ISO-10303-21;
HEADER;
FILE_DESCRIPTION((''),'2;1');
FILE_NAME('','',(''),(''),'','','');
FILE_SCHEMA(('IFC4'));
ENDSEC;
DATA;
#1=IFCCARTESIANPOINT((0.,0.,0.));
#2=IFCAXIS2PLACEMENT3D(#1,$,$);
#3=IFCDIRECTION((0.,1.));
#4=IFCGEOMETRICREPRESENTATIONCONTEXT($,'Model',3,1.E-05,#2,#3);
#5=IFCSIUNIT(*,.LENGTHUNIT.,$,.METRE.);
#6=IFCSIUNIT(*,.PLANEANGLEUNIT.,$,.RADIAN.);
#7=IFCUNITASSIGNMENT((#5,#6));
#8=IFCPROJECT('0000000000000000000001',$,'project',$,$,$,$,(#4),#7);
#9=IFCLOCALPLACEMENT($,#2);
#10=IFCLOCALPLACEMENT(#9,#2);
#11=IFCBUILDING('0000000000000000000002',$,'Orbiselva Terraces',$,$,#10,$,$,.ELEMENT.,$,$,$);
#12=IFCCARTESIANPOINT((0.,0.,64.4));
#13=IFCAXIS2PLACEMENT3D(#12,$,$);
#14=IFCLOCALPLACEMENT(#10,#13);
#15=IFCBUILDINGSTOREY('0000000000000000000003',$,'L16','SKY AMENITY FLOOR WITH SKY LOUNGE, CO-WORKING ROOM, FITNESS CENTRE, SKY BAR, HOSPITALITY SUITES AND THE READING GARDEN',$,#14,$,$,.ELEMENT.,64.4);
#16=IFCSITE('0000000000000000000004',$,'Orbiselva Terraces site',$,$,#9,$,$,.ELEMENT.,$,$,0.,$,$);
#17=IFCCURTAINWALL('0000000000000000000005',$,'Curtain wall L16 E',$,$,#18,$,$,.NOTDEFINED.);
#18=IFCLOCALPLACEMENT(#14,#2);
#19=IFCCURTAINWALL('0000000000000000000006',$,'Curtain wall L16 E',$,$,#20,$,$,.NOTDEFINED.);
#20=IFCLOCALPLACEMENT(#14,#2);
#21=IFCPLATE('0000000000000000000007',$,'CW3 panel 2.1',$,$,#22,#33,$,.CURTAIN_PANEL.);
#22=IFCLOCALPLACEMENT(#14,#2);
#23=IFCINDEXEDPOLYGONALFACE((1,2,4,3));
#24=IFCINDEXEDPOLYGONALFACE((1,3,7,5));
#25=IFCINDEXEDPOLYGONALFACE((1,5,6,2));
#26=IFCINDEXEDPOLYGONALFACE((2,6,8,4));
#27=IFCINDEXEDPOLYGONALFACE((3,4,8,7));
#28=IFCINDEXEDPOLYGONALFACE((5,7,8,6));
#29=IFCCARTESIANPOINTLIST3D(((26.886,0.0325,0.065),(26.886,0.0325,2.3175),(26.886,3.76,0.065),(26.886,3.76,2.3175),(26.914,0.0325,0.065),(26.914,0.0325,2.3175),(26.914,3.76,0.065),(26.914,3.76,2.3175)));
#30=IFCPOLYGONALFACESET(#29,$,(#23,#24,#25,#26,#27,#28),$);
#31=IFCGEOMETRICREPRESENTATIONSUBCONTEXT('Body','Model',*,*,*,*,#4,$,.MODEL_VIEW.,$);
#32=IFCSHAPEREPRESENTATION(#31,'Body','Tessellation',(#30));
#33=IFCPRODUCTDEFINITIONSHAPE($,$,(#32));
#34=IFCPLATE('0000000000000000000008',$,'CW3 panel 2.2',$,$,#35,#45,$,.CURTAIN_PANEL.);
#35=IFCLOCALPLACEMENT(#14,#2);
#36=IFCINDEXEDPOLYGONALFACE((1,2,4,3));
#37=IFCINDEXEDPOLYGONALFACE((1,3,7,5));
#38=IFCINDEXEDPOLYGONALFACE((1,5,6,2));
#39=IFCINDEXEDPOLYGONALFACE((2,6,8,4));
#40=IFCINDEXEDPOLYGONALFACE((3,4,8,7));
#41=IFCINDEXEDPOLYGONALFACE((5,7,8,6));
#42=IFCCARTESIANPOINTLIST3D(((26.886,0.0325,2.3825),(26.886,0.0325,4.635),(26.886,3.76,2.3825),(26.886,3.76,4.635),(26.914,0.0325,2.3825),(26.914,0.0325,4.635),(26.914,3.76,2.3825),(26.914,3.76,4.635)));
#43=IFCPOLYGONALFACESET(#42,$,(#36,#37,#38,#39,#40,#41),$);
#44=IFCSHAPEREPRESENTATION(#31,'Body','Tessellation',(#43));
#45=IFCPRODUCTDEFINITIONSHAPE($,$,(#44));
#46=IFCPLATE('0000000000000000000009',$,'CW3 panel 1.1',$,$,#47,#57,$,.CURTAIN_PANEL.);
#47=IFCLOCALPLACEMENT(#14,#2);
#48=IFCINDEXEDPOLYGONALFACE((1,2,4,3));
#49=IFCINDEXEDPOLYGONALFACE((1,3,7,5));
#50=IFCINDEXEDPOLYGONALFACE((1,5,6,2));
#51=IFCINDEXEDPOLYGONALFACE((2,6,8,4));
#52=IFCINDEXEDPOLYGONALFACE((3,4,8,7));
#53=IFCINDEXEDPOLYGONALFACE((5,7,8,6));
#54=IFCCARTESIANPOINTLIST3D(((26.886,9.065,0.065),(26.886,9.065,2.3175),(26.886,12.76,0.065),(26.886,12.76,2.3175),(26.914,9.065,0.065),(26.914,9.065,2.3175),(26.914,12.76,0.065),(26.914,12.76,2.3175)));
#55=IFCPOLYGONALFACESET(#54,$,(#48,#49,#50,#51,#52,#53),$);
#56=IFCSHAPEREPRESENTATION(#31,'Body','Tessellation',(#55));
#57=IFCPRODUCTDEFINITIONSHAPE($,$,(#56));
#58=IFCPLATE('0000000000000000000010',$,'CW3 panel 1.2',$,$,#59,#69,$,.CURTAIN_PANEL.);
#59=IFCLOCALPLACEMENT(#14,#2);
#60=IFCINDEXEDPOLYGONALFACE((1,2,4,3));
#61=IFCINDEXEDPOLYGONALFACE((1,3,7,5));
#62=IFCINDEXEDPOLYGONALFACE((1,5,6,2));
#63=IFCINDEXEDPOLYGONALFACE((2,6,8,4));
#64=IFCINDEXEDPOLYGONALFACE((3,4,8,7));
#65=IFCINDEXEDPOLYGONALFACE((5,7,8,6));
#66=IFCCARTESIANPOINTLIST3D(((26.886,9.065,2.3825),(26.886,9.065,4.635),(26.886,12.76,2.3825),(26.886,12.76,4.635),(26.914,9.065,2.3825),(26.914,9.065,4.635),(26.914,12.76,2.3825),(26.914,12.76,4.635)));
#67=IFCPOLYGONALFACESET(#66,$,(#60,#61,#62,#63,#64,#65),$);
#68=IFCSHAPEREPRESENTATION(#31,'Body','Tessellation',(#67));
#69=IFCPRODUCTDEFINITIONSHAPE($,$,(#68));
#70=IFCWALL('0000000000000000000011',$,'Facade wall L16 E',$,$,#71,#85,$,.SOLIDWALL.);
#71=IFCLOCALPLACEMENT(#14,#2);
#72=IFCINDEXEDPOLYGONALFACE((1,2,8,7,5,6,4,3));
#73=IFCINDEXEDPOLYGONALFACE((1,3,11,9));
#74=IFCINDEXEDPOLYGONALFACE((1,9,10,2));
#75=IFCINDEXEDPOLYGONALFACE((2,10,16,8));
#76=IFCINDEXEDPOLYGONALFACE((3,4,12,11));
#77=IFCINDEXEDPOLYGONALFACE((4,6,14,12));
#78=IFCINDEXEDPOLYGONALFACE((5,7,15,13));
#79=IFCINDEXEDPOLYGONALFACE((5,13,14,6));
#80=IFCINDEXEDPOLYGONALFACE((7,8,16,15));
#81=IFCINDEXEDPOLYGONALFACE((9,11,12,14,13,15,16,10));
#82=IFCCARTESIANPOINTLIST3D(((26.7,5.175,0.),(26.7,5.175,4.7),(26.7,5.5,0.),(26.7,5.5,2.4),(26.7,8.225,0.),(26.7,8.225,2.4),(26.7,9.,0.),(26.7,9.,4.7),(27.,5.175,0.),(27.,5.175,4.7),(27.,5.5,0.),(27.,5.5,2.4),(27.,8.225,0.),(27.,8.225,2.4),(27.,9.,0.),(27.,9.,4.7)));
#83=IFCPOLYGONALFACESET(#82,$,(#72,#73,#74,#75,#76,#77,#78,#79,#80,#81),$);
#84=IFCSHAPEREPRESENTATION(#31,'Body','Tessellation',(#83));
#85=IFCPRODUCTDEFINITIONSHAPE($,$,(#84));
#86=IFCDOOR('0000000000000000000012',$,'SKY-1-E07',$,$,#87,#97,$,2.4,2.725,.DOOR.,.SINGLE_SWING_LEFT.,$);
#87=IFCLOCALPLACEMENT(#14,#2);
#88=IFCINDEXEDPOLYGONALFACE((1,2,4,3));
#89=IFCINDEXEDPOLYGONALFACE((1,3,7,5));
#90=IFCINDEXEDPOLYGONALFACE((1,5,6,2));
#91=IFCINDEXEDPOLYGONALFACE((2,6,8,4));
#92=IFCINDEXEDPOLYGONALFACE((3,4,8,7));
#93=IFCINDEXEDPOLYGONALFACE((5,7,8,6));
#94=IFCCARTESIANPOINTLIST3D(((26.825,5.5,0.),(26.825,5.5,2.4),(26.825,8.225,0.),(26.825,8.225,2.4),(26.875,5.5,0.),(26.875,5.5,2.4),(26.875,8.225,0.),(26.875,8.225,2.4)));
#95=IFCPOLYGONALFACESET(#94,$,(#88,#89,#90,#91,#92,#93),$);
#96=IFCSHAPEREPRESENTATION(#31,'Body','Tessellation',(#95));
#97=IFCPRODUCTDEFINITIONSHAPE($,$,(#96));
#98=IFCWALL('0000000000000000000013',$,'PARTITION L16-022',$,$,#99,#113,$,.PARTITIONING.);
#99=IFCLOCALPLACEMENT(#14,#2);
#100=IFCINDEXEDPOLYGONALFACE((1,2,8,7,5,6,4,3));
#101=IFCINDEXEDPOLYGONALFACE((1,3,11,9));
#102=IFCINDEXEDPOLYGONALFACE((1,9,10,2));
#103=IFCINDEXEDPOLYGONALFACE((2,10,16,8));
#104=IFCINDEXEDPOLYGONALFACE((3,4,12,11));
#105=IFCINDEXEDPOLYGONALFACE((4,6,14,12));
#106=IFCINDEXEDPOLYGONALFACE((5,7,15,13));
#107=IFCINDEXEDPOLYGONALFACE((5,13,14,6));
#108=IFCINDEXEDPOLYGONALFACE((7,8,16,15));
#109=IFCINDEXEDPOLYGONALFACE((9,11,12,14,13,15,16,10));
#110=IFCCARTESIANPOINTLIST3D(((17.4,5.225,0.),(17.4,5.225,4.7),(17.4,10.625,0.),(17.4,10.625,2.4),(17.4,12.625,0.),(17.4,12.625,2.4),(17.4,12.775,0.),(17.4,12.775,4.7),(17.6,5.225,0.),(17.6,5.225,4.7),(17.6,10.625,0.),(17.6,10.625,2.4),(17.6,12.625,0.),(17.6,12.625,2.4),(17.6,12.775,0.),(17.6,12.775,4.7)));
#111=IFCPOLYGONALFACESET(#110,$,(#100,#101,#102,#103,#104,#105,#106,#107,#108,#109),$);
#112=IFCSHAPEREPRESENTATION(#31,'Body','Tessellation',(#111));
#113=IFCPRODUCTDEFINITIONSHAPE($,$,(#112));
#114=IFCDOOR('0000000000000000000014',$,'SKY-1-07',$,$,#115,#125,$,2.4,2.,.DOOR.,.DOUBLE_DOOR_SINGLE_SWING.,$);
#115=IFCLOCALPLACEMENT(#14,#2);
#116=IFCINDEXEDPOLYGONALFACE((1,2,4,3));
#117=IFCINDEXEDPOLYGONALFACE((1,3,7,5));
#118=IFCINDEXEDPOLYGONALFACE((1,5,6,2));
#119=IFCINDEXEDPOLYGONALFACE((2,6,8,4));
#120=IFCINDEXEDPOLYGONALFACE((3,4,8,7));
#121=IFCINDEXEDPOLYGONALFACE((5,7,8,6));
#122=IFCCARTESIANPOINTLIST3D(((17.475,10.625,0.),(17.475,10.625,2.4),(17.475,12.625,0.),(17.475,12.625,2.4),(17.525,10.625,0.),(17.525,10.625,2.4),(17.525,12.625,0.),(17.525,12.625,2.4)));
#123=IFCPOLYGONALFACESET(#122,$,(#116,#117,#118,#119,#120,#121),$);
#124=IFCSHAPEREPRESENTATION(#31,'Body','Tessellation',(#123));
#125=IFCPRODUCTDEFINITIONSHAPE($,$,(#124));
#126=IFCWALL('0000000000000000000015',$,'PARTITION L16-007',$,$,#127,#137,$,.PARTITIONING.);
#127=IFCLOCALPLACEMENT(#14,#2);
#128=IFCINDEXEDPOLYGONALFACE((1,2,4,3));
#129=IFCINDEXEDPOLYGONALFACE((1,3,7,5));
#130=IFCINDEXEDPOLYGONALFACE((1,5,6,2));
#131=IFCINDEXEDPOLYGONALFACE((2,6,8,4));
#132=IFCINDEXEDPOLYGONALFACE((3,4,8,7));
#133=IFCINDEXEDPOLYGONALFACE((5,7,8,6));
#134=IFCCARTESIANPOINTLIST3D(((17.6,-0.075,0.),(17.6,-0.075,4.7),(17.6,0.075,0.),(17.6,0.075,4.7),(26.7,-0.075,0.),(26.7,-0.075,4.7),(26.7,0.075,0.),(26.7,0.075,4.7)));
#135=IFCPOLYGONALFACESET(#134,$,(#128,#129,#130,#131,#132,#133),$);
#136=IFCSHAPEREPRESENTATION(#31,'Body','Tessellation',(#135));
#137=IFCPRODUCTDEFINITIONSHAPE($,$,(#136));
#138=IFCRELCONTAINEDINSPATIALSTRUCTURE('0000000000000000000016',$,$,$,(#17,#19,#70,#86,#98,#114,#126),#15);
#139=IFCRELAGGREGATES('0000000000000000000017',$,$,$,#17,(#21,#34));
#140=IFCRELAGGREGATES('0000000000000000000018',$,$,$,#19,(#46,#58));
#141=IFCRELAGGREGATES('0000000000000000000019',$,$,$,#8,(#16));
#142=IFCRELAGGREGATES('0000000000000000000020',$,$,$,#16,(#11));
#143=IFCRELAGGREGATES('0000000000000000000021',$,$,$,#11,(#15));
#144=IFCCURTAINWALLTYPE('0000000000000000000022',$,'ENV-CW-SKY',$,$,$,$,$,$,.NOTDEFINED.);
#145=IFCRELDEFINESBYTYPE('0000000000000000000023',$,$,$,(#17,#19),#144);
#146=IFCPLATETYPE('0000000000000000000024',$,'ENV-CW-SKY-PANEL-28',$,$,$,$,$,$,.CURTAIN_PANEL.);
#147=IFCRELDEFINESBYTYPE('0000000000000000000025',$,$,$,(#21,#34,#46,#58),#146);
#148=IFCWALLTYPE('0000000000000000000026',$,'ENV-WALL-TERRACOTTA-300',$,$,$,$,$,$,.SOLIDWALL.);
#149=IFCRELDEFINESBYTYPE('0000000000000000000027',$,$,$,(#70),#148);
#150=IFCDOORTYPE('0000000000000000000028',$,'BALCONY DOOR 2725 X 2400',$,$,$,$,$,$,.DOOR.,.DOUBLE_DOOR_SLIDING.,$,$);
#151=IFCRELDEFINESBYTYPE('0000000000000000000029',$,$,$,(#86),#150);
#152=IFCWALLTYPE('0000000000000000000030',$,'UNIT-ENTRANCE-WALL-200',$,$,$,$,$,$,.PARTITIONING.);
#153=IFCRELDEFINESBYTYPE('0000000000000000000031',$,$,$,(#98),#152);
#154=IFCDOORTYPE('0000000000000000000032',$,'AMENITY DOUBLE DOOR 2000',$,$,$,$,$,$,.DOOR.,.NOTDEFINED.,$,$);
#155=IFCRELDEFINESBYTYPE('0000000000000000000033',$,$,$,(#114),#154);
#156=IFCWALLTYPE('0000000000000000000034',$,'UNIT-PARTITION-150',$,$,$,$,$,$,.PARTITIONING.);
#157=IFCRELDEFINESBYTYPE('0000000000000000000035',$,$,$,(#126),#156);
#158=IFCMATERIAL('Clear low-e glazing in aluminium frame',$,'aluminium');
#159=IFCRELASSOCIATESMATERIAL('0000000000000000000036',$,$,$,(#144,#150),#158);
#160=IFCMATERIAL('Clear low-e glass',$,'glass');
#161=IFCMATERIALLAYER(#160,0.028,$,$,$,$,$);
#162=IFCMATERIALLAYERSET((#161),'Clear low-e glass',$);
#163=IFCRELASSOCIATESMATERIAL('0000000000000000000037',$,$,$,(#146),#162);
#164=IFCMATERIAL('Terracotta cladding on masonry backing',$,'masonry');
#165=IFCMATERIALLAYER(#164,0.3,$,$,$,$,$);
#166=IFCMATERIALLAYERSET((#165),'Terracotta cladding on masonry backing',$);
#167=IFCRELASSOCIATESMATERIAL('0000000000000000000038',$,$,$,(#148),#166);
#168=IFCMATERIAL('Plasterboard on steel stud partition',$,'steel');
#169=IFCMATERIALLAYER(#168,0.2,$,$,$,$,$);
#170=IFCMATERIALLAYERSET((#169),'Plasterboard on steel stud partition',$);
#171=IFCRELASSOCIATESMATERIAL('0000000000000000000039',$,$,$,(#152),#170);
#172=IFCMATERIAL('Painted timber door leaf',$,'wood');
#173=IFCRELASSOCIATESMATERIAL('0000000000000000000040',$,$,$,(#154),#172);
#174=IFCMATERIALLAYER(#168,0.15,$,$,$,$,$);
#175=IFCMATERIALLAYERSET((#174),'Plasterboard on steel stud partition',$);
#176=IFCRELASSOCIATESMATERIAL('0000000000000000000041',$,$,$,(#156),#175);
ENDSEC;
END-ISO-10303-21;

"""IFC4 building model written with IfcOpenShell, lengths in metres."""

from ifc_helpers import new_model, si_unit, direction, frame, frame_2d, origin, origin_2d, place, context, subcontext, project, spatial, rectangle, extrude, material, layer, layer_set, type_object, element, fill, aggregate, save


model = new_model("IFC4")

# Units and contexts
model_context = context("Model", 3, precision=1e-05, world=origin(), true_north=direction((0.0, 1.0)))
body_context = subcontext(model_context, "Body", "Model", "MODEL_VIEW")
ifc_project = project(units=[si_unit("LENGTHUNIT", "METRE"), si_unit("PLANEANGLEUNIT", "RADIAN")], contexts=[model_context])

# Site, building, storey
site_placement = place(None, origin())
site = spatial("IfcSite", under=ifc_project, at=site_placement, Name="Orbiselva Terraces site", CompositionType="ELEMENT", RefElevation=0.0)
building_placement = place(site_placement, origin())
building = spatial("IfcBuilding", under=site, at=building_placement, Name="Orbiselva Terraces", CompositionType="ELEMENT")
storey_placement = place(building_placement, frame((0.0, 0.0, 64.4)))
storey = spatial("IfcBuildingStorey", under=building, at=storey_placement, Name="L16", Description="SKY AMENITY FLOOR WITH SKY LOUNGE, CO-WORKING ROOM, FITNESS CENTRE, SKY BAR, HOSPITALITY SUITES AND THE READING GARDEN", CompositionType="ELEMENT", Elevation=64.4)

# Curtain walls
ifc_material_1 = material(Name="Clear low-e glazing in aluminium frame", Category="aluminium")
curtain_wall_type = type_object("IfcCurtainWallType", Name="ENV-CW-SKY", PredefinedType="NOTDEFINED", material=ifc_material_1)
curtain_wall_1_placement = place(storey_placement, origin())
curtain_wall_1 = element("IfcCurtainWall", 1, at=curtain_wall_1_placement, inside=storey, type_object=curtain_wall_type, Name="Curtain wall L16 E", PredefinedType="NOTDEFINED")
curtain_wall_2_placement = place(storey_placement, origin())
curtain_wall_2 = element("IfcCurtainWall", 2, at=curtain_wall_2_placement, inside=storey, type_object=curtain_wall_type, Name="Curtain wall L16 E", PredefinedType="NOTDEFINED")

# Plates
ifc_material_2 = material(Name="Clear low-e glass", Category="glass")
ifc_layer_1 = layer(ifc_material_2, 0.028)
ifc_layer_set_1 = layer_set([ifc_layer_1], Name="Clear low-e glass")
plate_type = type_object("IfcPlateType", Name="ENV-CW-SKY-PANEL-28", PredefinedType="CURTAIN_PANEL", material=ifc_layer_set_1)
plate_1_placement = place(storey_placement, frame((26.9, 1.8962, 0.065), z_axis=(0.0, 0.0, 1.0), x_axis=(0.0, 1.0, 0.0)))
plate_1 = element("IfcPlate", 3, at=plate_1_placement, type_object=plate_type, Name="CW3 panel 2.1", PredefinedType="CURTAIN_PANEL", context=body_context, shape_type="SweptSolid", body=[
    extrude(rectangle(XDim=3.7275, YDim=0.028, at=origin_2d()), origin(), (0.0, 0.0, 1.0), 2.2525),
])
plate_2_placement = place(storey_placement, frame((26.9, 1.8962, 2.3825), z_axis=(0.0, 0.0, 1.0), x_axis=(0.0, 1.0, 0.0)))
plate_2 = element("IfcPlate", 4, at=plate_2_placement, type_object=plate_type, Name="CW3 panel 2.2", PredefinedType="CURTAIN_PANEL", context=body_context, shape_type="SweptSolid", body=[
    extrude(rectangle(XDim=3.7275, YDim=0.028, at=origin_2d()), origin(), (0.0, 0.0, 1.0), 2.2525),
])
aggregate(curtain_wall_1, [plate_1, plate_2])
plate_3_placement = place(storey_placement, frame((26.9, 10.9125, 0.065), z_axis=(0.0, 0.0, 1.0), x_axis=(0.0, 1.0, 0.0)))
plate_3 = element("IfcPlate", 5, at=plate_3_placement, type_object=plate_type, Name="CW3 panel 1.1", PredefinedType="CURTAIN_PANEL", context=body_context, shape_type="SweptSolid", body=[
    extrude(rectangle(XDim=3.695, YDim=0.028, at=origin_2d()), origin(), (0.0, 0.0, 1.0), 2.2525),
])
plate_4_placement = place(storey_placement, frame((26.9, 10.9125, 2.3825), z_axis=(0.0, 0.0, 1.0), x_axis=(0.0, 1.0, 0.0)))
plate_4 = element("IfcPlate", 6, at=plate_4_placement, type_object=plate_type, Name="CW3 panel 1.2", PredefinedType="CURTAIN_PANEL", context=body_context, shape_type="SweptSolid", body=[
    extrude(rectangle(XDim=3.695, YDim=0.028, at=origin_2d()), origin(), (0.0, 0.0, 1.0), 2.2525),
])
aggregate(curtain_wall_2, [plate_3, plate_4])

# Walls, openings, doors
ifc_material_3 = material(Name="Terracotta cladding on masonry backing", Category="masonry")
ifc_layer_2 = layer(ifc_material_3, 0.3)
ifc_layer_set_2 = layer_set([ifc_layer_2], Name="Terracotta cladding on masonry backing")
wall_type_1 = type_object("IfcWallType", Name="ENV-WALL-TERRACOTTA-300", PredefinedType="SOLIDWALL", material=ifc_layer_set_2)
wall_1_placement = place(storey_placement, frame((26.85, 9.0, 0.0), z_axis=(0.0, 0.0, 1.0), x_axis=(0.0, -1.0, 0.0)))
wall_1 = element("IfcWall", 7, at=wall_1_placement, inside=storey, type_object=wall_type_1, Name="Facade wall L16 E", PredefinedType="SOLIDWALL", context=body_context, shape_type="SweptSolid", body=[
    extrude(rectangle(XDim=3.825, YDim=0.3, at=frame_2d((1.9125, 0.0))), origin(), (0.0, 0.0, 1.0), 4.7),
])
opening_1_placement = place(wall_1_placement, frame((0.775, 0.0, 0.0)))
opening_1 = element("IfcOpeningElement", 8, at=opening_1_placement, cuts=wall_1, PredefinedType="OPENING", context=body_context, shape_type="SweptSolid", body=[
    extrude(rectangle(XDim=2.725, YDim=2.4, at=frame_2d((1.3625, 1.2))), frame((0.0, 0.16, 0.0), z_axis=(0.0, -1.0, 0.0), x_axis=(1.0, 0.0, 0.0)), (0.0, 0.0, 1.0), 0.32),
])
door_type_1 = type_object("IfcDoorType", Name="BALCONY DOOR 2725 X 2400", OperationType="DOUBLE_DOOR_SLIDING", PredefinedType="DOOR", material=ifc_material_1)
door_1_placement = place(opening_1_placement, origin())
door_1 = element("IfcDoor", 9, at=door_1_placement, inside=storey, type_object=door_type_1, Name="SKY-1-E07", OperationType="SINGLE_SWING_LEFT", OverallHeight=2.4, OverallWidth=2.725, PredefinedType="DOOR", context=body_context, shape_type="SweptSolid", body=[
    extrude(rectangle(XDim=2.725, YDim=2.4, at=frame_2d((1.3625, 1.2))), frame((0.0, 0.025, 0.0), z_axis=(0.0, -1.0, 0.0), x_axis=(1.0, 0.0, 0.0)), (0.0, 0.0, 1.0), 0.05),
])
fill(opening_1, door_1)
ifc_material_4 = material(Name="Plasterboard on steel stud partition", Category="steel")
ifc_layer_3 = layer(ifc_material_4, 0.2)
ifc_layer_set_3 = layer_set([ifc_layer_3], Name="Plasterboard on steel stud partition")
wall_type_2 = type_object("IfcWallType", Name="UNIT-ENTRANCE-WALL-200", PredefinedType="PARTITIONING", material=ifc_layer_set_3)
wall_2_placement = place(storey_placement, frame((17.5, 5.225, 0.0), z_axis=(0.0, 0.0, 1.0), x_axis=(0.0, 1.0, 0.0)))
wall_2 = element("IfcWall", 10, at=wall_2_placement, inside=storey, type_object=wall_type_2, Name="PARTITION L16-022", PredefinedType="PARTITIONING", context=body_context, shape_type="SweptSolid", body=[
    extrude(rectangle(XDim=7.55, YDim=0.2, at=frame_2d((3.775, 0.0))), origin(), (0.0, 0.0, 1.0), 4.7),
])
opening_2_placement = place(wall_2_placement, frame((5.4, 0.0, 0.0)))
opening_2 = element("IfcOpeningElement", 11, at=opening_2_placement, cuts=wall_2, PredefinedType="OPENING", context=body_context, shape_type="SweptSolid", body=[
    extrude(rectangle(XDim=2.0, YDim=2.4, at=frame_2d((1.0, 1.2))), frame((0.0, 0.11, 0.0), z_axis=(0.0, -1.0, 0.0), x_axis=(1.0, 0.0, 0.0)), (0.0, 0.0, 1.0), 0.22),
])
ifc_material_5 = material(Name="Painted timber door leaf", Category="wood")
door_type_2 = type_object("IfcDoorType", Name="AMENITY DOUBLE DOOR 2000", OperationType="NOTDEFINED", PredefinedType="DOOR", material=ifc_material_5)
door_2_placement = place(opening_2_placement, origin())
door_2 = element("IfcDoor", 12, at=door_2_placement, inside=storey, type_object=door_type_2, Name="SKY-1-07", OperationType="DOUBLE_DOOR_SINGLE_SWING", OverallHeight=2.4, OverallWidth=2.0, PredefinedType="DOOR", context=body_context, shape_type="SweptSolid", body=[
    extrude(rectangle(XDim=2.0, YDim=2.4, at=frame_2d((1.0, 1.2))), frame((0.0, 0.025, 0.0), z_axis=(0.0, -1.0, 0.0), x_axis=(1.0, 0.0, 0.0)), (0.0, 0.0, 1.0), 0.05),
])
fill(opening_2, door_2)

# Wall
ifc_layer_4 = layer(ifc_material_4, 0.15)
ifc_layer_set_4 = layer_set([ifc_layer_4], Name="Plasterboard on steel stud partition")
wall_type_3 = type_object("IfcWallType", Name="UNIT-PARTITION-150", PredefinedType="PARTITIONING", material=ifc_layer_set_4)
wall_3_placement = place(storey_placement, frame((17.6, 0.0, 0.0), z_axis=(0.0, 0.0, 1.0), x_axis=(1.0, 0.0, 0.0)))
element("IfcWall", 13, at=wall_3_placement, inside=storey, type_object=wall_type_3, Name="PARTITION L16-007", PredefinedType="PARTITIONING", context=body_context, shape_type="SweptSolid", body=[
    extrude(rectangle(XDim=9.1, YDim=0.15, at=frame_2d((4.55, 0.0))), origin(), (0.0, 0.0, 1.0), 4.7),
])

save(model, "model.ifc")
